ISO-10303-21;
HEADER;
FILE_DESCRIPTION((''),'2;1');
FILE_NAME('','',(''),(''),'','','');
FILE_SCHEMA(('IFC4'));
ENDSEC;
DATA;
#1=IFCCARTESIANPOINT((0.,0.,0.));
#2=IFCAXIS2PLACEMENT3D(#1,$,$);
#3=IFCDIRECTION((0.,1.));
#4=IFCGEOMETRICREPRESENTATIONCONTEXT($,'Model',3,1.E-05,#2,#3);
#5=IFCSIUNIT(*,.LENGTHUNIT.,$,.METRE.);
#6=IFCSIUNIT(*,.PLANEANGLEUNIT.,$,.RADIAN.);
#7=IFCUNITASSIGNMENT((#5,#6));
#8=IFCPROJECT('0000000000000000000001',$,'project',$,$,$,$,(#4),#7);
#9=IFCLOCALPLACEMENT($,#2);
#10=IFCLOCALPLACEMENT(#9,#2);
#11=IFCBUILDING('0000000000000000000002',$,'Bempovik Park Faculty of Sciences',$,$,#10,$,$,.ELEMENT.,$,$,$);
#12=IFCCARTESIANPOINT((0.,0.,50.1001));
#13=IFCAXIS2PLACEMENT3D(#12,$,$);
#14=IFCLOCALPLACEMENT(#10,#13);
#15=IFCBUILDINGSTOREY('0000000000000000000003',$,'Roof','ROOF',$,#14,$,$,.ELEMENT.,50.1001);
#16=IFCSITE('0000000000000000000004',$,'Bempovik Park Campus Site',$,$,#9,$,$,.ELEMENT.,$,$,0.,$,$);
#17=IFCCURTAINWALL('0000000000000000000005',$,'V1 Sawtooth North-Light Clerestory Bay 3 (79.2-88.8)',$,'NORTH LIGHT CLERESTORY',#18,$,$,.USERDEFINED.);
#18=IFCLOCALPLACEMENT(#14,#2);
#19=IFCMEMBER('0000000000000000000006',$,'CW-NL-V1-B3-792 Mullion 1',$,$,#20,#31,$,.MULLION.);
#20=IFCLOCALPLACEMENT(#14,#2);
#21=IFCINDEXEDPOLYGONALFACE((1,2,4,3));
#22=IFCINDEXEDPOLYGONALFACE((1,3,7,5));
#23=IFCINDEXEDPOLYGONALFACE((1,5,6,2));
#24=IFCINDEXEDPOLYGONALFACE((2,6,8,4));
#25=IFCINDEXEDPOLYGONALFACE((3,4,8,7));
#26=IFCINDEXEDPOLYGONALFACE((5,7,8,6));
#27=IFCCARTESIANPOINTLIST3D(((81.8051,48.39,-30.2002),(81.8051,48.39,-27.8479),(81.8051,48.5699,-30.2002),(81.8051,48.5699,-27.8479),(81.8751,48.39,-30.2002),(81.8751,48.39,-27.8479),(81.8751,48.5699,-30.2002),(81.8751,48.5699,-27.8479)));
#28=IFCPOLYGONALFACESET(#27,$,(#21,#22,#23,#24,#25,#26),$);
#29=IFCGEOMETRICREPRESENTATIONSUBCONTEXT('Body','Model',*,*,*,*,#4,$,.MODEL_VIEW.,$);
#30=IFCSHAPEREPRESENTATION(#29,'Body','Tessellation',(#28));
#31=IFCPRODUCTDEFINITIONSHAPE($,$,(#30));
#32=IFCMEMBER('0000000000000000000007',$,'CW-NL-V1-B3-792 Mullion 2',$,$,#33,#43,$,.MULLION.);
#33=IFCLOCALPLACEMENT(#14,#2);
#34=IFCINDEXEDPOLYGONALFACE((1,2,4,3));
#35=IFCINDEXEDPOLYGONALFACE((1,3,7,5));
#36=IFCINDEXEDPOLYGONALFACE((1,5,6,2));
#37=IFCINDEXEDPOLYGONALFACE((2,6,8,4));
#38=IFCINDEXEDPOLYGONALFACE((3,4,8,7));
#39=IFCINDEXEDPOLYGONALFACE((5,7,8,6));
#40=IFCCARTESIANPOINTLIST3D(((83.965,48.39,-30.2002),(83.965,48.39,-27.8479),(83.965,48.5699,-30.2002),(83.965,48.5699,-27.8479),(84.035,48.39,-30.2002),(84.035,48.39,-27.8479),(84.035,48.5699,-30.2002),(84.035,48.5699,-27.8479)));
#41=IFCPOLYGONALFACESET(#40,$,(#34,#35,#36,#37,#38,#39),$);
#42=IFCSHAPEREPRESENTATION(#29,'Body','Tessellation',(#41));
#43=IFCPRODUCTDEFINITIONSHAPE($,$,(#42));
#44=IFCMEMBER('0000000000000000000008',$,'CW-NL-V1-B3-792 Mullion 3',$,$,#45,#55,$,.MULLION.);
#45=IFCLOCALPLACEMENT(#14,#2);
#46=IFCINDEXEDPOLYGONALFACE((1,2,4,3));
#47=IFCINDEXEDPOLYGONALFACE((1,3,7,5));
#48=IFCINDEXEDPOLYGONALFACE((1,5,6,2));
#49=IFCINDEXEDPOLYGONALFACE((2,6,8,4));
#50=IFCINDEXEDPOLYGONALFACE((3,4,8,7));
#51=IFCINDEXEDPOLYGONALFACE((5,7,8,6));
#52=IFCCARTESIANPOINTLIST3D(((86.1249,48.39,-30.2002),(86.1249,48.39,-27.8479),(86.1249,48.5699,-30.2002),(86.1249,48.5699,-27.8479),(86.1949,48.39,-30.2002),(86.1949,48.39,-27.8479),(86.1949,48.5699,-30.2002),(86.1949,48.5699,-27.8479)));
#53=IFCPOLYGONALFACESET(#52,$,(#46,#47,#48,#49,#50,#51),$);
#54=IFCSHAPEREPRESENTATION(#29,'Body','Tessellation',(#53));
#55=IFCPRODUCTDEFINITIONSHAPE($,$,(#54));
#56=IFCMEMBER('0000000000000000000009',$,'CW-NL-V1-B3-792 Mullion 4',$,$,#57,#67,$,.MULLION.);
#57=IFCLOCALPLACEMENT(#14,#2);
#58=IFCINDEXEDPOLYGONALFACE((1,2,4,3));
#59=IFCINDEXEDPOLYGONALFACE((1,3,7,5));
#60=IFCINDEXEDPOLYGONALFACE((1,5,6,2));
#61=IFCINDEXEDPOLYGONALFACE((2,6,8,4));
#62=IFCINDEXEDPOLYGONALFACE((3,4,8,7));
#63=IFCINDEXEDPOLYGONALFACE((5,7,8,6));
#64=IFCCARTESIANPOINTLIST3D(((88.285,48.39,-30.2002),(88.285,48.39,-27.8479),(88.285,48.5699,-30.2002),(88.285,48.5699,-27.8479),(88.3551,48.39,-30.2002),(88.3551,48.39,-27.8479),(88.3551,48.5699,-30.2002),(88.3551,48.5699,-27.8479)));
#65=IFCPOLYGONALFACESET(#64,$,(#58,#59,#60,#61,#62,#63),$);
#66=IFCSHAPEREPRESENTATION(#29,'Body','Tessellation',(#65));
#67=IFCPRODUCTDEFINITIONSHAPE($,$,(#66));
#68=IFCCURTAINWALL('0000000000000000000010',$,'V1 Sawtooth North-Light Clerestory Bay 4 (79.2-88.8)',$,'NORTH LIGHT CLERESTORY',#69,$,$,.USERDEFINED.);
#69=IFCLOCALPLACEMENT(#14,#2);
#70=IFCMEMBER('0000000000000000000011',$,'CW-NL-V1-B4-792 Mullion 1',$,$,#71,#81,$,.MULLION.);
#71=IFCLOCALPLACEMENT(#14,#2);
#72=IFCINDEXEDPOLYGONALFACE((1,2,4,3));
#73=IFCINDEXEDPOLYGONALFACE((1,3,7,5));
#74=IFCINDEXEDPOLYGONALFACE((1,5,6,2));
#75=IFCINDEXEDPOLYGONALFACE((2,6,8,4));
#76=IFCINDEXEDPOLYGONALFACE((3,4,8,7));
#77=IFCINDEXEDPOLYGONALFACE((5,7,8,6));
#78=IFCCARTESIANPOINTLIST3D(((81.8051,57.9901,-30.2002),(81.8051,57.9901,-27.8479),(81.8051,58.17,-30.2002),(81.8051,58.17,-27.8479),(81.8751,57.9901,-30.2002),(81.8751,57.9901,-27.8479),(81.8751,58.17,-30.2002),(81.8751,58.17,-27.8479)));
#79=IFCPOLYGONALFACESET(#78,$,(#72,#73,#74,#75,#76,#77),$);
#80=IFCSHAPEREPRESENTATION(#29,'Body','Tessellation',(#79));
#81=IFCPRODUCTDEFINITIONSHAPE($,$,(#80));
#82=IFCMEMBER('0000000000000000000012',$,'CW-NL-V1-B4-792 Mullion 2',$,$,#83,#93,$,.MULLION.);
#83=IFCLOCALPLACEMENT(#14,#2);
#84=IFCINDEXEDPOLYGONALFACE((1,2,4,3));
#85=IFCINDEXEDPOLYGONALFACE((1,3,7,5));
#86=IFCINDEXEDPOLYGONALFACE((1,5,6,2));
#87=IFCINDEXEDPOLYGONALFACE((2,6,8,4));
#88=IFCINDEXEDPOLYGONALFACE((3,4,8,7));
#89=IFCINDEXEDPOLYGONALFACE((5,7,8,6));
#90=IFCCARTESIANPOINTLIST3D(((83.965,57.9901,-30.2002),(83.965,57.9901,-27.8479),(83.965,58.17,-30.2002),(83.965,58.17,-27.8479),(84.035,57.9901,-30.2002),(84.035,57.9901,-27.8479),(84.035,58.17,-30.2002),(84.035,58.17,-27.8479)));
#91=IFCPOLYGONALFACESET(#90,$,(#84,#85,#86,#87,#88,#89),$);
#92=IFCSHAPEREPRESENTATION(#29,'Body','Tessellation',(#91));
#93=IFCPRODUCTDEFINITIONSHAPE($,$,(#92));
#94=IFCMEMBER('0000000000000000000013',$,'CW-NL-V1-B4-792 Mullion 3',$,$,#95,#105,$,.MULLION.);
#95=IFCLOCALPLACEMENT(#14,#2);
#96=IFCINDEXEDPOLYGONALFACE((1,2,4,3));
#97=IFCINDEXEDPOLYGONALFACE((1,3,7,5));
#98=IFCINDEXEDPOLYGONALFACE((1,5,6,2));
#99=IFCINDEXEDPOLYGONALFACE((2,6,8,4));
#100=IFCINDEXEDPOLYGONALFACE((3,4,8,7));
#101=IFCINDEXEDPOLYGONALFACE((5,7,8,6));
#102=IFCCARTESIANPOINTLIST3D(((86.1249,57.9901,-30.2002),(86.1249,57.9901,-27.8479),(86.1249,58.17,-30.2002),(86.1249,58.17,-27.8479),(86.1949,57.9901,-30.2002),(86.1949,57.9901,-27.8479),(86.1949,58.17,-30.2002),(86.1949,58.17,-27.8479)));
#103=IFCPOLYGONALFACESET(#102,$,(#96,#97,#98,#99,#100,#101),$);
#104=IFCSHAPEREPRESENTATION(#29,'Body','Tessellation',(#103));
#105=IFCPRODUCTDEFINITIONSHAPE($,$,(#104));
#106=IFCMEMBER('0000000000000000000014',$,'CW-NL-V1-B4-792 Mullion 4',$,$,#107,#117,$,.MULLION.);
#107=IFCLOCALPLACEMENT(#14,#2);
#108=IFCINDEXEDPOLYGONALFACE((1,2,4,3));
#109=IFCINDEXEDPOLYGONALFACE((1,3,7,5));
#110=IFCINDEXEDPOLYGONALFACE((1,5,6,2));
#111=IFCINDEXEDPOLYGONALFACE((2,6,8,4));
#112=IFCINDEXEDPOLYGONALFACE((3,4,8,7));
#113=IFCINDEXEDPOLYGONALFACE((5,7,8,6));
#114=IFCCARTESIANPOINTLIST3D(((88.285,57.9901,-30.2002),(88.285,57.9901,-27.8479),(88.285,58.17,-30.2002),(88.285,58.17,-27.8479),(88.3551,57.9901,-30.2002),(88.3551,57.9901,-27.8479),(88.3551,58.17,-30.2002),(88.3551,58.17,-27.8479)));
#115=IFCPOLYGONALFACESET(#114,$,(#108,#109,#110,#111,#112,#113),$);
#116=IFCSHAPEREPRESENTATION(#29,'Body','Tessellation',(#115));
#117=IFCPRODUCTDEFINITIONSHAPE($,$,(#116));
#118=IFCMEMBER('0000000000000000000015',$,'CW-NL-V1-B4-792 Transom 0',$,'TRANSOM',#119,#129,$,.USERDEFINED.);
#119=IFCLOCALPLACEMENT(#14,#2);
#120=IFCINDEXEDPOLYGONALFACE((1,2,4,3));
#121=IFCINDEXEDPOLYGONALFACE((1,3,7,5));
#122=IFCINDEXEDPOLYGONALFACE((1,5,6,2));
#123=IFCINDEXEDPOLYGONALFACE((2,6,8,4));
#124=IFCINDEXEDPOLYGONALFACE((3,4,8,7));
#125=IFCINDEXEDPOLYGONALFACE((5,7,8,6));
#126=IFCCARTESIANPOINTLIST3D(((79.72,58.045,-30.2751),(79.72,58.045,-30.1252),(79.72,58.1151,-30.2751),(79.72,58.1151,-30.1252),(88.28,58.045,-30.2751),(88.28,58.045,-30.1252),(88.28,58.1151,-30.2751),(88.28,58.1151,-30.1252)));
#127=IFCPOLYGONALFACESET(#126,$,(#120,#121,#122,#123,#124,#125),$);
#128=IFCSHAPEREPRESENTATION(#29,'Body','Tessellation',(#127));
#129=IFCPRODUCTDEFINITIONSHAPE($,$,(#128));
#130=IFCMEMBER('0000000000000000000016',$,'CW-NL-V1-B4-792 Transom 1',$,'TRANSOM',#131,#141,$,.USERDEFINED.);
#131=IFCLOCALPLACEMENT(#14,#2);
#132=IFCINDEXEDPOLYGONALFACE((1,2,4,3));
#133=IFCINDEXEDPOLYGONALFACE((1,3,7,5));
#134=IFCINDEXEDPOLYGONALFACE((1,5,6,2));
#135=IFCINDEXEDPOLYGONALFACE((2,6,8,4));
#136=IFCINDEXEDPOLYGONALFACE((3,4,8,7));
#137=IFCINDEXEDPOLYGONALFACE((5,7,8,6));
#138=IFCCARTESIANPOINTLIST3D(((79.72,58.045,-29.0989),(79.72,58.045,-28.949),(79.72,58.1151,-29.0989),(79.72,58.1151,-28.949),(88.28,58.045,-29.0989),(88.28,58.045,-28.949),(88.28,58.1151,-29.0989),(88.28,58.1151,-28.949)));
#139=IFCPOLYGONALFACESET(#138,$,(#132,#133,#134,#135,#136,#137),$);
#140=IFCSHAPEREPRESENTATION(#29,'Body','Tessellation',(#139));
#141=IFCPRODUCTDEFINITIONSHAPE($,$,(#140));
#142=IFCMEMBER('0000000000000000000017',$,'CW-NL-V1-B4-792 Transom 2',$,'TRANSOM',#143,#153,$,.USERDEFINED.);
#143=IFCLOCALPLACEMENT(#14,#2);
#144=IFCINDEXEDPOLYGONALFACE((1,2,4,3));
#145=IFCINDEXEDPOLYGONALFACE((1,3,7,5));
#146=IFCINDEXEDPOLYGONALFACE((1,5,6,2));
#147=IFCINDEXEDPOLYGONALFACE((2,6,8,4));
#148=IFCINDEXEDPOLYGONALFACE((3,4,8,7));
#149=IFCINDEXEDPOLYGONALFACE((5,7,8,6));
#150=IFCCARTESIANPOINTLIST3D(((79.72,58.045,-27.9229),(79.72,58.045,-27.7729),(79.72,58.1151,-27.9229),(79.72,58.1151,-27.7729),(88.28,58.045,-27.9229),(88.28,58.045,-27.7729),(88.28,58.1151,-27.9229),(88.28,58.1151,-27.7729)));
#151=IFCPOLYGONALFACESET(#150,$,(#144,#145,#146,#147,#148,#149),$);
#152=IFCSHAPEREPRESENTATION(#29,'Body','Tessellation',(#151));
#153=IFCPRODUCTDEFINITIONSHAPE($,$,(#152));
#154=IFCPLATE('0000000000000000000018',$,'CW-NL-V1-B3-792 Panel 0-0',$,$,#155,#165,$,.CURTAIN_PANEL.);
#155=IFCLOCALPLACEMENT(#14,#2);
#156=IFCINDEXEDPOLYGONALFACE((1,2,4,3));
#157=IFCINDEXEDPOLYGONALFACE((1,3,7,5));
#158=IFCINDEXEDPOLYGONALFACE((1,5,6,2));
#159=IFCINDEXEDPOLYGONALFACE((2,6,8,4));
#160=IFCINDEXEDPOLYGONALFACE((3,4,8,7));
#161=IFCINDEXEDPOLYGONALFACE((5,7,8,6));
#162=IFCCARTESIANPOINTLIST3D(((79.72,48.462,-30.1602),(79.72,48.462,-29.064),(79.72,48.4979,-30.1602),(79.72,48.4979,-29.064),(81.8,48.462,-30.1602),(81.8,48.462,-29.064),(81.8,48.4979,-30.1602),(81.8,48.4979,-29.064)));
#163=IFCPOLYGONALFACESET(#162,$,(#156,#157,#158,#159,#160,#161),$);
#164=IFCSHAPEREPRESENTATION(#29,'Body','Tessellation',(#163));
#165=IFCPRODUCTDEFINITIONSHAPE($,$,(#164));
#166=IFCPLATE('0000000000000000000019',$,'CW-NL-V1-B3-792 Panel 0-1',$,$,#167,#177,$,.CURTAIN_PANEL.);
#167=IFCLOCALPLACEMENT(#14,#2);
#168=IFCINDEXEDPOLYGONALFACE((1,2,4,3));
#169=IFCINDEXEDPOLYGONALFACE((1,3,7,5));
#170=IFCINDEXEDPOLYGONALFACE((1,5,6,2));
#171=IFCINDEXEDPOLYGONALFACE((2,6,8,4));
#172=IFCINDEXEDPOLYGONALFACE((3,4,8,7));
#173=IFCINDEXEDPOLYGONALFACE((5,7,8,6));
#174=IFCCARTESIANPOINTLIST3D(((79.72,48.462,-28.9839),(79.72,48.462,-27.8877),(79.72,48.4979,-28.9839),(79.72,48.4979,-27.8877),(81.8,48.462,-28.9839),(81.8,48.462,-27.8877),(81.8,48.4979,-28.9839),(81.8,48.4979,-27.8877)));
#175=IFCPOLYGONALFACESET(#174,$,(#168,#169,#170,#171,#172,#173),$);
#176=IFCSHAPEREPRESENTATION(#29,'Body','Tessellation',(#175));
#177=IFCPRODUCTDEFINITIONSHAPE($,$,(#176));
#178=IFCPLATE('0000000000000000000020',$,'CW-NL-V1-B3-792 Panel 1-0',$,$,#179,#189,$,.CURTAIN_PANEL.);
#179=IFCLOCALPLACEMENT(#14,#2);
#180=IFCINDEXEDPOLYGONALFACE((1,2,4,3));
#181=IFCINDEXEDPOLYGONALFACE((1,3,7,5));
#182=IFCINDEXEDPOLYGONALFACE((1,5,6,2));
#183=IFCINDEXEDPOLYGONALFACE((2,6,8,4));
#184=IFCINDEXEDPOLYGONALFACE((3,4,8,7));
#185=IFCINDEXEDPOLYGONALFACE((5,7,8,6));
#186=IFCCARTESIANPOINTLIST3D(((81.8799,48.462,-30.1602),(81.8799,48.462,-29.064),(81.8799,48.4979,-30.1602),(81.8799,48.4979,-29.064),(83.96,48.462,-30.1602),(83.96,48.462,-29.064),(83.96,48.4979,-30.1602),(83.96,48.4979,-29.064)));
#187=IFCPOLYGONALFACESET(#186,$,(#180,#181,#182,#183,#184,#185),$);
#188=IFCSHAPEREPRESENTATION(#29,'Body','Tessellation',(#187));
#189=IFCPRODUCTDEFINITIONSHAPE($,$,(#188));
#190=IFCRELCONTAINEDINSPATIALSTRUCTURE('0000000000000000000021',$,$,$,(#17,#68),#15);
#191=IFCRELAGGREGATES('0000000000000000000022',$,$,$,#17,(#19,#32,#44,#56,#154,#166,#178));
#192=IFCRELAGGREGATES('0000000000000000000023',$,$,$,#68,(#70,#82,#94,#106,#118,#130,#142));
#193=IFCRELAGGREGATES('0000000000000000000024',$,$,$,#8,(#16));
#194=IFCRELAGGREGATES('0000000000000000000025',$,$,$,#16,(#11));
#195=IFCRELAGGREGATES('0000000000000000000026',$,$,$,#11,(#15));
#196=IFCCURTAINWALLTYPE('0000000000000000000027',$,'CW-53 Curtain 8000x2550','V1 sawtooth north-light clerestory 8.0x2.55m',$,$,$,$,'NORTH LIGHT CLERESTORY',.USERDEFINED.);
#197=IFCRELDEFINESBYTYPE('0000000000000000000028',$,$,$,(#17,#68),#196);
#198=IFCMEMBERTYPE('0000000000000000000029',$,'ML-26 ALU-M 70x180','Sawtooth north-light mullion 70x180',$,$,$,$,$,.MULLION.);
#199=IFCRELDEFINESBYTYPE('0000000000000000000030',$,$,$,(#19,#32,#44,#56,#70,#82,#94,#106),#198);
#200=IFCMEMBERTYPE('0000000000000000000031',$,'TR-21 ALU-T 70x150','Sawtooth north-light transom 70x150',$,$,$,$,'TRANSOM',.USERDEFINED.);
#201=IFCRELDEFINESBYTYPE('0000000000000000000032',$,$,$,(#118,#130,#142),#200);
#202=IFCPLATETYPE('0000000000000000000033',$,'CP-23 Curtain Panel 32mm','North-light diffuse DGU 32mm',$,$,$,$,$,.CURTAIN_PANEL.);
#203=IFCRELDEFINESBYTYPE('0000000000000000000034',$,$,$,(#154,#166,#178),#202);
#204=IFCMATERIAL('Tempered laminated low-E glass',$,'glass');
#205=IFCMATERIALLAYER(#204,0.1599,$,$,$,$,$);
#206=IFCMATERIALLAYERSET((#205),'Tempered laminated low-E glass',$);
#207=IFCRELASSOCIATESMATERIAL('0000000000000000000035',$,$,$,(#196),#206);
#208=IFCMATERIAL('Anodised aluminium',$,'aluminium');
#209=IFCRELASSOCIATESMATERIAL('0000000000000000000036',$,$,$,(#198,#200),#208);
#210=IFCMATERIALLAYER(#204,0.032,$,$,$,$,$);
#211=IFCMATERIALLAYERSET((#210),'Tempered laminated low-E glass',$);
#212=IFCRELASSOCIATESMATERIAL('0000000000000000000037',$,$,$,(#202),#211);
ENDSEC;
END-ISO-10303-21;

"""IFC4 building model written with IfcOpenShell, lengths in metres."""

from ifc_helpers import new_model, si_unit, direction, frame, origin, origin_2d, place, context, subcontext, project, spatial, rectangle, extrude, material, layer, layer_set, material_profile, profile_set, type_object, element, aggregate, save


model = new_model("IFC4")

# Units and contexts
model_context = context("Model", 3, precision=1e-05, world=origin(), true_north=direction((0.0, 1.0)))
body_context = subcontext(model_context, "Body", "Model", "MODEL_VIEW")
ifc_project = project(units=[si_unit("LENGTHUNIT", "METRE"), si_unit("PLANEANGLEUNIT", "RADIAN")], contexts=[model_context])

# Site, building, storey
site_placement = place(None, origin())
site = spatial("IfcSite", under=ifc_project, at=site_placement, Name="Bempovik Park Campus Site", CompositionType="ELEMENT", RefElevation=0.0)
building_placement = place(site_placement, origin())
building = spatial("IfcBuilding", under=site, at=building_placement, Name="Bempovik Park Faculty of Sciences", CompositionType="ELEMENT")
storey_placement = place(building_placement, frame((0.0, 0.0, 50.1001)))
storey = spatial("IfcBuildingStorey", under=building, at=storey_placement, Name="Roof", Description="ROOF", CompositionType="ELEMENT", Elevation=50.1001)

# Curtain walls, members
ifc_material_1 = material(Name="Tempered laminated low-E glass", Category="glass")
ifc_layer_1 = layer(ifc_material_1, 0.1599)
ifc_layer_set_1 = layer_set([ifc_layer_1], Name="Tempered laminated low-E glass")
curtain_wall_type = type_object("IfcCurtainWallType", Name="CW-53 Curtain 8000x2550", Description="V1 sawtooth north-light clerestory 8.0x2.55m", ElementType="NORTH LIGHT CLERESTORY", PredefinedType="USERDEFINED", material=ifc_layer_set_1)
curtain_wall_1_placement = place(storey_placement, origin())
curtain_wall_1 = element("IfcCurtainWall", 1, at=curtain_wall_1_placement, inside=storey, type_object=curtain_wall_type, Name="V1 Sawtooth North-Light Clerestory Bay 3 (79.2-88.8)", ObjectType="NORTH LIGHT CLERESTORY", PredefinedType="USERDEFINED")
ifc_material_2 = material(Name="Anodised aluminium", Category="aluminium")
ifc_material_profile_1 = material_profile(ifc_material_2, rectangle(XDim=0.0701, YDim=0.1799, at=origin_2d()), Name="ALU-M 70x180")
ifc_profile_set_1 = profile_set([ifc_material_profile_1], Name="Anodised aluminium")
member_type_1 = type_object("IfcMemberType", Name="ML-26 ALU-M 70x180", Description="Sawtooth north-light mullion 70x180", PredefinedType="MULLION", material=ifc_profile_set_1)
member_1_placement = place(storey_placement, frame((81.8401, 48.48, -30.2002), z_axis=(0.0, 0.0, 1.0), x_axis=(1.0, 0.0, 0.0)))
member_1 = element("IfcMember", 2, at=member_1_placement, type_object=member_type_1, Name="CW-NL-V1-B3-792 Mullion 1", PredefinedType="MULLION", context=body_context, shape_type="SweptSolid", body=[
    extrude(rectangle(XDim=0.0701, YDim=0.1799, at=origin_2d()), origin(), (0.0, 0.0, 1.0), 2.3523),
])
member_2_placement = place(storey_placement, frame((84.0, 48.48, -30.2002), z_axis=(0.0, 0.0, 1.0), x_axis=(1.0, 0.0, 0.0)))
member_2 = element("IfcMember", 3, at=member_2_placement, type_object=member_type_1, Name="CW-NL-V1-B3-792 Mullion 2", PredefinedType="MULLION", context=body_context, shape_type="SweptSolid", body=[
    extrude(rectangle(XDim=0.0701, YDim=0.1799, at=origin_2d()), origin(), (0.0, 0.0, 1.0), 2.3523),
])
member_3_placement = place(storey_placement, frame((86.1599, 48.48, -30.2002), z_axis=(0.0, 0.0, 1.0), x_axis=(1.0, 0.0, 0.0)))
member_3 = element("IfcMember", 4, at=member_3_placement, type_object=member_type_1, Name="CW-NL-V1-B3-792 Mullion 3", PredefinedType="MULLION", context=body_context, shape_type="SweptSolid", body=[
    extrude(rectangle(XDim=0.0701, YDim=0.1799, at=origin_2d()), origin(), (0.0, 0.0, 1.0), 2.3523),
])
member_4_placement = place(storey_placement, frame((88.3201, 48.48, -30.2002), z_axis=(0.0, 0.0, 1.0), x_axis=(1.0, 0.0, 0.0)))
member_4 = element("IfcMember", 5, at=member_4_placement, type_object=member_type_1, Name="CW-NL-V1-B3-792 Mullion 4", PredefinedType="MULLION", context=body_context, shape_type="SweptSolid", body=[
    extrude(rectangle(XDim=0.0701, YDim=0.1799, at=origin_2d()), origin(), (0.0, 0.0, 1.0), 2.3523),
])
curtain_wall_2_placement = place(storey_placement, origin())
curtain_wall_2 = element("IfcCurtainWall", 6, at=curtain_wall_2_placement, inside=storey, type_object=curtain_wall_type, Name="V1 Sawtooth North-Light Clerestory Bay 4 (79.2-88.8)", ObjectType="NORTH LIGHT CLERESTORY", PredefinedType="USERDEFINED")
member_5_placement = place(storey_placement, frame((81.8401, 58.0801, -30.2002), z_axis=(0.0, 0.0, 1.0), x_axis=(1.0, 0.0, 0.0)))
member_5 = element("IfcMember", 7, at=member_5_placement, type_object=member_type_1, Name="CW-NL-V1-B4-792 Mullion 1", PredefinedType="MULLION", context=body_context, shape_type="SweptSolid", body=[
    extrude(rectangle(XDim=0.0701, YDim=0.1799, at=origin_2d()), origin(), (0.0, 0.0, 1.0), 2.3523),
])
member_6_placement = place(storey_placement, frame((84.0, 58.0801, -30.2002), z_axis=(0.0, 0.0, 1.0), x_axis=(1.0, 0.0, 0.0)))
member_6 = element("IfcMember", 8, at=member_6_placement, type_object=member_type_1, Name="CW-NL-V1-B4-792 Mullion 2", PredefinedType="MULLION", context=body_context, shape_type="SweptSolid", body=[
    extrude(rectangle(XDim=0.0701, YDim=0.1799, at=origin_2d()), origin(), (0.0, 0.0, 1.0), 2.3523),
])
member_7_placement = place(storey_placement, frame((86.1599, 58.0801, -30.2002), z_axis=(0.0, 0.0, 1.0), x_axis=(1.0, 0.0, 0.0)))
member_7 = element("IfcMember", 9, at=member_7_placement, type_object=member_type_1, Name="CW-NL-V1-B4-792 Mullion 3", PredefinedType="MULLION", context=body_context, shape_type="SweptSolid", body=[
    extrude(rectangle(XDim=0.0701, YDim=0.1799, at=origin_2d()), origin(), (0.0, 0.0, 1.0), 2.3523),
])
member_8_placement = place(storey_placement, frame((88.3201, 58.0801, -30.2002), z_axis=(0.0, 0.0, 1.0), x_axis=(1.0, 0.0, 0.0)))
member_8 = element("IfcMember", 10, at=member_8_placement, type_object=member_type_1, Name="CW-NL-V1-B4-792 Mullion 4", PredefinedType="MULLION", context=body_context, shape_type="SweptSolid", body=[
    extrude(rectangle(XDim=0.0701, YDim=0.1799, at=origin_2d()), origin(), (0.0, 0.0, 1.0), 2.3523),
])
ifc_material_profile_2 = material_profile(ifc_material_2, rectangle(XDim=0.0701, YDim=0.1499, at=origin_2d()), Name="ALU-T 70x150")
ifc_profile_set_2 = profile_set([ifc_material_profile_2], Name="Anodised aluminium")
member_type_2 = type_object("IfcMemberType", Name="TR-21 ALU-T 70x150", Description="Sawtooth north-light transom 70x150", ElementType="TRANSOM", PredefinedType="USERDEFINED", material=ifc_profile_set_2)
member_9_placement = place(storey_placement, frame((79.72, 58.0801, -30.2002), z_axis=(1.0, 0.0, 0.0), x_axis=(0.0, 1.0, 0.0)))
member_9 = element("IfcMember", 11, at=member_9_placement, type_object=member_type_2, Name="CW-NL-V1-B4-792 Transom 0", ObjectType="TRANSOM", PredefinedType="USERDEFINED", context=body_context, shape_type="SweptSolid", body=[
    extrude(rectangle(XDim=0.0701, YDim=0.1499, at=origin_2d()), origin(), (0.0, 0.0, 1.0), 8.5601),
])
member_10_placement = place(storey_placement, frame((79.72, 58.0801, -29.0239), z_axis=(1.0, 0.0, 0.0), x_axis=(0.0, 1.0, 0.0)))
member_10 = element("IfcMember", 12, at=member_10_placement, type_object=member_type_2, Name="CW-NL-V1-B4-792 Transom 1", ObjectType="TRANSOM", PredefinedType="USERDEFINED", context=body_context, shape_type="SweptSolid", body=[
    extrude(rectangle(XDim=0.0701, YDim=0.1499, at=origin_2d()), origin(), (0.0, 0.0, 1.0), 8.5601),
])
member_11_placement = place(storey_placement, frame((79.72, 58.0801, -27.8479), z_axis=(1.0, 0.0, 0.0), x_axis=(0.0, 1.0, 0.0)))
member_11 = element("IfcMember", 13, at=member_11_placement, type_object=member_type_2, Name="CW-NL-V1-B4-792 Transom 2", ObjectType="TRANSOM", PredefinedType="USERDEFINED", context=body_context, shape_type="SweptSolid", body=[
    extrude(rectangle(XDim=0.0701, YDim=0.1499, at=origin_2d()), origin(), (0.0, 0.0, 1.0), 8.5601),
])

# Plates
ifc_layer_2 = layer(ifc_material_1, 0.032)
ifc_layer_set_2 = layer_set([ifc_layer_2], Name="Tempered laminated low-E glass")
plate_type = type_object("IfcPlateType", Name="CP-23 Curtain Panel 32mm", Description="North-light diffuse DGU 32mm", PredefinedType="CURTAIN_PANEL", material=ifc_layer_set_2)
plate_1_placement = place(storey_placement, frame((80.76, 48.48, -30.1602), z_axis=(0.0, 0.0, 1.0), x_axis=(1.0, 0.0, 0.0)))
plate_1 = element("IfcPlate", 14, at=plate_1_placement, type_object=plate_type, Name="CW-NL-V1-B3-792 Panel 0-0", PredefinedType="CURTAIN_PANEL", context=body_context, shape_type="SweptSolid", body=[
    extrude(rectangle(XDim=2.0801, YDim=0.0359, at=origin_2d()), origin(), (0.0, 0.0, 1.0), 1.0962),
])
plate_2_placement = place(storey_placement, frame((80.76, 48.48, -28.9839), z_axis=(0.0, 0.0, 1.0), x_axis=(1.0, 0.0, 0.0)))
plate_2 = element("IfcPlate", 15, at=plate_2_placement, type_object=plate_type, Name="CW-NL-V1-B3-792 Panel 0-1", PredefinedType="CURTAIN_PANEL", context=body_context, shape_type="SweptSolid", body=[
    extrude(rectangle(XDim=2.0801, YDim=0.0359, at=origin_2d()), origin(), (0.0, 0.0, 1.0), 1.0962),
])
plate_3_placement = place(storey_placement, frame((82.9199, 48.48, -30.1602), z_axis=(0.0, 0.0, 1.0), x_axis=(1.0, 0.0, 0.0)))
plate_3 = element("IfcPlate", 16, at=plate_3_placement, type_object=plate_type, Name="CW-NL-V1-B3-792 Panel 1-0", PredefinedType="CURTAIN_PANEL", context=body_context, shape_type="SweptSolid", body=[
    extrude(rectangle(XDim=2.0801, YDim=0.0359, at=origin_2d()), origin(), (0.0, 0.0, 1.0), 1.0962),
])
aggregate(curtain_wall_1, [member_1, member_2, member_3, member_4, plate_1, plate_2, plate_3])
aggregate(curtain_wall_2, [member_5, member_6, member_7, member_8, member_9, member_10, member_11])

save(model, "model.ifc")
